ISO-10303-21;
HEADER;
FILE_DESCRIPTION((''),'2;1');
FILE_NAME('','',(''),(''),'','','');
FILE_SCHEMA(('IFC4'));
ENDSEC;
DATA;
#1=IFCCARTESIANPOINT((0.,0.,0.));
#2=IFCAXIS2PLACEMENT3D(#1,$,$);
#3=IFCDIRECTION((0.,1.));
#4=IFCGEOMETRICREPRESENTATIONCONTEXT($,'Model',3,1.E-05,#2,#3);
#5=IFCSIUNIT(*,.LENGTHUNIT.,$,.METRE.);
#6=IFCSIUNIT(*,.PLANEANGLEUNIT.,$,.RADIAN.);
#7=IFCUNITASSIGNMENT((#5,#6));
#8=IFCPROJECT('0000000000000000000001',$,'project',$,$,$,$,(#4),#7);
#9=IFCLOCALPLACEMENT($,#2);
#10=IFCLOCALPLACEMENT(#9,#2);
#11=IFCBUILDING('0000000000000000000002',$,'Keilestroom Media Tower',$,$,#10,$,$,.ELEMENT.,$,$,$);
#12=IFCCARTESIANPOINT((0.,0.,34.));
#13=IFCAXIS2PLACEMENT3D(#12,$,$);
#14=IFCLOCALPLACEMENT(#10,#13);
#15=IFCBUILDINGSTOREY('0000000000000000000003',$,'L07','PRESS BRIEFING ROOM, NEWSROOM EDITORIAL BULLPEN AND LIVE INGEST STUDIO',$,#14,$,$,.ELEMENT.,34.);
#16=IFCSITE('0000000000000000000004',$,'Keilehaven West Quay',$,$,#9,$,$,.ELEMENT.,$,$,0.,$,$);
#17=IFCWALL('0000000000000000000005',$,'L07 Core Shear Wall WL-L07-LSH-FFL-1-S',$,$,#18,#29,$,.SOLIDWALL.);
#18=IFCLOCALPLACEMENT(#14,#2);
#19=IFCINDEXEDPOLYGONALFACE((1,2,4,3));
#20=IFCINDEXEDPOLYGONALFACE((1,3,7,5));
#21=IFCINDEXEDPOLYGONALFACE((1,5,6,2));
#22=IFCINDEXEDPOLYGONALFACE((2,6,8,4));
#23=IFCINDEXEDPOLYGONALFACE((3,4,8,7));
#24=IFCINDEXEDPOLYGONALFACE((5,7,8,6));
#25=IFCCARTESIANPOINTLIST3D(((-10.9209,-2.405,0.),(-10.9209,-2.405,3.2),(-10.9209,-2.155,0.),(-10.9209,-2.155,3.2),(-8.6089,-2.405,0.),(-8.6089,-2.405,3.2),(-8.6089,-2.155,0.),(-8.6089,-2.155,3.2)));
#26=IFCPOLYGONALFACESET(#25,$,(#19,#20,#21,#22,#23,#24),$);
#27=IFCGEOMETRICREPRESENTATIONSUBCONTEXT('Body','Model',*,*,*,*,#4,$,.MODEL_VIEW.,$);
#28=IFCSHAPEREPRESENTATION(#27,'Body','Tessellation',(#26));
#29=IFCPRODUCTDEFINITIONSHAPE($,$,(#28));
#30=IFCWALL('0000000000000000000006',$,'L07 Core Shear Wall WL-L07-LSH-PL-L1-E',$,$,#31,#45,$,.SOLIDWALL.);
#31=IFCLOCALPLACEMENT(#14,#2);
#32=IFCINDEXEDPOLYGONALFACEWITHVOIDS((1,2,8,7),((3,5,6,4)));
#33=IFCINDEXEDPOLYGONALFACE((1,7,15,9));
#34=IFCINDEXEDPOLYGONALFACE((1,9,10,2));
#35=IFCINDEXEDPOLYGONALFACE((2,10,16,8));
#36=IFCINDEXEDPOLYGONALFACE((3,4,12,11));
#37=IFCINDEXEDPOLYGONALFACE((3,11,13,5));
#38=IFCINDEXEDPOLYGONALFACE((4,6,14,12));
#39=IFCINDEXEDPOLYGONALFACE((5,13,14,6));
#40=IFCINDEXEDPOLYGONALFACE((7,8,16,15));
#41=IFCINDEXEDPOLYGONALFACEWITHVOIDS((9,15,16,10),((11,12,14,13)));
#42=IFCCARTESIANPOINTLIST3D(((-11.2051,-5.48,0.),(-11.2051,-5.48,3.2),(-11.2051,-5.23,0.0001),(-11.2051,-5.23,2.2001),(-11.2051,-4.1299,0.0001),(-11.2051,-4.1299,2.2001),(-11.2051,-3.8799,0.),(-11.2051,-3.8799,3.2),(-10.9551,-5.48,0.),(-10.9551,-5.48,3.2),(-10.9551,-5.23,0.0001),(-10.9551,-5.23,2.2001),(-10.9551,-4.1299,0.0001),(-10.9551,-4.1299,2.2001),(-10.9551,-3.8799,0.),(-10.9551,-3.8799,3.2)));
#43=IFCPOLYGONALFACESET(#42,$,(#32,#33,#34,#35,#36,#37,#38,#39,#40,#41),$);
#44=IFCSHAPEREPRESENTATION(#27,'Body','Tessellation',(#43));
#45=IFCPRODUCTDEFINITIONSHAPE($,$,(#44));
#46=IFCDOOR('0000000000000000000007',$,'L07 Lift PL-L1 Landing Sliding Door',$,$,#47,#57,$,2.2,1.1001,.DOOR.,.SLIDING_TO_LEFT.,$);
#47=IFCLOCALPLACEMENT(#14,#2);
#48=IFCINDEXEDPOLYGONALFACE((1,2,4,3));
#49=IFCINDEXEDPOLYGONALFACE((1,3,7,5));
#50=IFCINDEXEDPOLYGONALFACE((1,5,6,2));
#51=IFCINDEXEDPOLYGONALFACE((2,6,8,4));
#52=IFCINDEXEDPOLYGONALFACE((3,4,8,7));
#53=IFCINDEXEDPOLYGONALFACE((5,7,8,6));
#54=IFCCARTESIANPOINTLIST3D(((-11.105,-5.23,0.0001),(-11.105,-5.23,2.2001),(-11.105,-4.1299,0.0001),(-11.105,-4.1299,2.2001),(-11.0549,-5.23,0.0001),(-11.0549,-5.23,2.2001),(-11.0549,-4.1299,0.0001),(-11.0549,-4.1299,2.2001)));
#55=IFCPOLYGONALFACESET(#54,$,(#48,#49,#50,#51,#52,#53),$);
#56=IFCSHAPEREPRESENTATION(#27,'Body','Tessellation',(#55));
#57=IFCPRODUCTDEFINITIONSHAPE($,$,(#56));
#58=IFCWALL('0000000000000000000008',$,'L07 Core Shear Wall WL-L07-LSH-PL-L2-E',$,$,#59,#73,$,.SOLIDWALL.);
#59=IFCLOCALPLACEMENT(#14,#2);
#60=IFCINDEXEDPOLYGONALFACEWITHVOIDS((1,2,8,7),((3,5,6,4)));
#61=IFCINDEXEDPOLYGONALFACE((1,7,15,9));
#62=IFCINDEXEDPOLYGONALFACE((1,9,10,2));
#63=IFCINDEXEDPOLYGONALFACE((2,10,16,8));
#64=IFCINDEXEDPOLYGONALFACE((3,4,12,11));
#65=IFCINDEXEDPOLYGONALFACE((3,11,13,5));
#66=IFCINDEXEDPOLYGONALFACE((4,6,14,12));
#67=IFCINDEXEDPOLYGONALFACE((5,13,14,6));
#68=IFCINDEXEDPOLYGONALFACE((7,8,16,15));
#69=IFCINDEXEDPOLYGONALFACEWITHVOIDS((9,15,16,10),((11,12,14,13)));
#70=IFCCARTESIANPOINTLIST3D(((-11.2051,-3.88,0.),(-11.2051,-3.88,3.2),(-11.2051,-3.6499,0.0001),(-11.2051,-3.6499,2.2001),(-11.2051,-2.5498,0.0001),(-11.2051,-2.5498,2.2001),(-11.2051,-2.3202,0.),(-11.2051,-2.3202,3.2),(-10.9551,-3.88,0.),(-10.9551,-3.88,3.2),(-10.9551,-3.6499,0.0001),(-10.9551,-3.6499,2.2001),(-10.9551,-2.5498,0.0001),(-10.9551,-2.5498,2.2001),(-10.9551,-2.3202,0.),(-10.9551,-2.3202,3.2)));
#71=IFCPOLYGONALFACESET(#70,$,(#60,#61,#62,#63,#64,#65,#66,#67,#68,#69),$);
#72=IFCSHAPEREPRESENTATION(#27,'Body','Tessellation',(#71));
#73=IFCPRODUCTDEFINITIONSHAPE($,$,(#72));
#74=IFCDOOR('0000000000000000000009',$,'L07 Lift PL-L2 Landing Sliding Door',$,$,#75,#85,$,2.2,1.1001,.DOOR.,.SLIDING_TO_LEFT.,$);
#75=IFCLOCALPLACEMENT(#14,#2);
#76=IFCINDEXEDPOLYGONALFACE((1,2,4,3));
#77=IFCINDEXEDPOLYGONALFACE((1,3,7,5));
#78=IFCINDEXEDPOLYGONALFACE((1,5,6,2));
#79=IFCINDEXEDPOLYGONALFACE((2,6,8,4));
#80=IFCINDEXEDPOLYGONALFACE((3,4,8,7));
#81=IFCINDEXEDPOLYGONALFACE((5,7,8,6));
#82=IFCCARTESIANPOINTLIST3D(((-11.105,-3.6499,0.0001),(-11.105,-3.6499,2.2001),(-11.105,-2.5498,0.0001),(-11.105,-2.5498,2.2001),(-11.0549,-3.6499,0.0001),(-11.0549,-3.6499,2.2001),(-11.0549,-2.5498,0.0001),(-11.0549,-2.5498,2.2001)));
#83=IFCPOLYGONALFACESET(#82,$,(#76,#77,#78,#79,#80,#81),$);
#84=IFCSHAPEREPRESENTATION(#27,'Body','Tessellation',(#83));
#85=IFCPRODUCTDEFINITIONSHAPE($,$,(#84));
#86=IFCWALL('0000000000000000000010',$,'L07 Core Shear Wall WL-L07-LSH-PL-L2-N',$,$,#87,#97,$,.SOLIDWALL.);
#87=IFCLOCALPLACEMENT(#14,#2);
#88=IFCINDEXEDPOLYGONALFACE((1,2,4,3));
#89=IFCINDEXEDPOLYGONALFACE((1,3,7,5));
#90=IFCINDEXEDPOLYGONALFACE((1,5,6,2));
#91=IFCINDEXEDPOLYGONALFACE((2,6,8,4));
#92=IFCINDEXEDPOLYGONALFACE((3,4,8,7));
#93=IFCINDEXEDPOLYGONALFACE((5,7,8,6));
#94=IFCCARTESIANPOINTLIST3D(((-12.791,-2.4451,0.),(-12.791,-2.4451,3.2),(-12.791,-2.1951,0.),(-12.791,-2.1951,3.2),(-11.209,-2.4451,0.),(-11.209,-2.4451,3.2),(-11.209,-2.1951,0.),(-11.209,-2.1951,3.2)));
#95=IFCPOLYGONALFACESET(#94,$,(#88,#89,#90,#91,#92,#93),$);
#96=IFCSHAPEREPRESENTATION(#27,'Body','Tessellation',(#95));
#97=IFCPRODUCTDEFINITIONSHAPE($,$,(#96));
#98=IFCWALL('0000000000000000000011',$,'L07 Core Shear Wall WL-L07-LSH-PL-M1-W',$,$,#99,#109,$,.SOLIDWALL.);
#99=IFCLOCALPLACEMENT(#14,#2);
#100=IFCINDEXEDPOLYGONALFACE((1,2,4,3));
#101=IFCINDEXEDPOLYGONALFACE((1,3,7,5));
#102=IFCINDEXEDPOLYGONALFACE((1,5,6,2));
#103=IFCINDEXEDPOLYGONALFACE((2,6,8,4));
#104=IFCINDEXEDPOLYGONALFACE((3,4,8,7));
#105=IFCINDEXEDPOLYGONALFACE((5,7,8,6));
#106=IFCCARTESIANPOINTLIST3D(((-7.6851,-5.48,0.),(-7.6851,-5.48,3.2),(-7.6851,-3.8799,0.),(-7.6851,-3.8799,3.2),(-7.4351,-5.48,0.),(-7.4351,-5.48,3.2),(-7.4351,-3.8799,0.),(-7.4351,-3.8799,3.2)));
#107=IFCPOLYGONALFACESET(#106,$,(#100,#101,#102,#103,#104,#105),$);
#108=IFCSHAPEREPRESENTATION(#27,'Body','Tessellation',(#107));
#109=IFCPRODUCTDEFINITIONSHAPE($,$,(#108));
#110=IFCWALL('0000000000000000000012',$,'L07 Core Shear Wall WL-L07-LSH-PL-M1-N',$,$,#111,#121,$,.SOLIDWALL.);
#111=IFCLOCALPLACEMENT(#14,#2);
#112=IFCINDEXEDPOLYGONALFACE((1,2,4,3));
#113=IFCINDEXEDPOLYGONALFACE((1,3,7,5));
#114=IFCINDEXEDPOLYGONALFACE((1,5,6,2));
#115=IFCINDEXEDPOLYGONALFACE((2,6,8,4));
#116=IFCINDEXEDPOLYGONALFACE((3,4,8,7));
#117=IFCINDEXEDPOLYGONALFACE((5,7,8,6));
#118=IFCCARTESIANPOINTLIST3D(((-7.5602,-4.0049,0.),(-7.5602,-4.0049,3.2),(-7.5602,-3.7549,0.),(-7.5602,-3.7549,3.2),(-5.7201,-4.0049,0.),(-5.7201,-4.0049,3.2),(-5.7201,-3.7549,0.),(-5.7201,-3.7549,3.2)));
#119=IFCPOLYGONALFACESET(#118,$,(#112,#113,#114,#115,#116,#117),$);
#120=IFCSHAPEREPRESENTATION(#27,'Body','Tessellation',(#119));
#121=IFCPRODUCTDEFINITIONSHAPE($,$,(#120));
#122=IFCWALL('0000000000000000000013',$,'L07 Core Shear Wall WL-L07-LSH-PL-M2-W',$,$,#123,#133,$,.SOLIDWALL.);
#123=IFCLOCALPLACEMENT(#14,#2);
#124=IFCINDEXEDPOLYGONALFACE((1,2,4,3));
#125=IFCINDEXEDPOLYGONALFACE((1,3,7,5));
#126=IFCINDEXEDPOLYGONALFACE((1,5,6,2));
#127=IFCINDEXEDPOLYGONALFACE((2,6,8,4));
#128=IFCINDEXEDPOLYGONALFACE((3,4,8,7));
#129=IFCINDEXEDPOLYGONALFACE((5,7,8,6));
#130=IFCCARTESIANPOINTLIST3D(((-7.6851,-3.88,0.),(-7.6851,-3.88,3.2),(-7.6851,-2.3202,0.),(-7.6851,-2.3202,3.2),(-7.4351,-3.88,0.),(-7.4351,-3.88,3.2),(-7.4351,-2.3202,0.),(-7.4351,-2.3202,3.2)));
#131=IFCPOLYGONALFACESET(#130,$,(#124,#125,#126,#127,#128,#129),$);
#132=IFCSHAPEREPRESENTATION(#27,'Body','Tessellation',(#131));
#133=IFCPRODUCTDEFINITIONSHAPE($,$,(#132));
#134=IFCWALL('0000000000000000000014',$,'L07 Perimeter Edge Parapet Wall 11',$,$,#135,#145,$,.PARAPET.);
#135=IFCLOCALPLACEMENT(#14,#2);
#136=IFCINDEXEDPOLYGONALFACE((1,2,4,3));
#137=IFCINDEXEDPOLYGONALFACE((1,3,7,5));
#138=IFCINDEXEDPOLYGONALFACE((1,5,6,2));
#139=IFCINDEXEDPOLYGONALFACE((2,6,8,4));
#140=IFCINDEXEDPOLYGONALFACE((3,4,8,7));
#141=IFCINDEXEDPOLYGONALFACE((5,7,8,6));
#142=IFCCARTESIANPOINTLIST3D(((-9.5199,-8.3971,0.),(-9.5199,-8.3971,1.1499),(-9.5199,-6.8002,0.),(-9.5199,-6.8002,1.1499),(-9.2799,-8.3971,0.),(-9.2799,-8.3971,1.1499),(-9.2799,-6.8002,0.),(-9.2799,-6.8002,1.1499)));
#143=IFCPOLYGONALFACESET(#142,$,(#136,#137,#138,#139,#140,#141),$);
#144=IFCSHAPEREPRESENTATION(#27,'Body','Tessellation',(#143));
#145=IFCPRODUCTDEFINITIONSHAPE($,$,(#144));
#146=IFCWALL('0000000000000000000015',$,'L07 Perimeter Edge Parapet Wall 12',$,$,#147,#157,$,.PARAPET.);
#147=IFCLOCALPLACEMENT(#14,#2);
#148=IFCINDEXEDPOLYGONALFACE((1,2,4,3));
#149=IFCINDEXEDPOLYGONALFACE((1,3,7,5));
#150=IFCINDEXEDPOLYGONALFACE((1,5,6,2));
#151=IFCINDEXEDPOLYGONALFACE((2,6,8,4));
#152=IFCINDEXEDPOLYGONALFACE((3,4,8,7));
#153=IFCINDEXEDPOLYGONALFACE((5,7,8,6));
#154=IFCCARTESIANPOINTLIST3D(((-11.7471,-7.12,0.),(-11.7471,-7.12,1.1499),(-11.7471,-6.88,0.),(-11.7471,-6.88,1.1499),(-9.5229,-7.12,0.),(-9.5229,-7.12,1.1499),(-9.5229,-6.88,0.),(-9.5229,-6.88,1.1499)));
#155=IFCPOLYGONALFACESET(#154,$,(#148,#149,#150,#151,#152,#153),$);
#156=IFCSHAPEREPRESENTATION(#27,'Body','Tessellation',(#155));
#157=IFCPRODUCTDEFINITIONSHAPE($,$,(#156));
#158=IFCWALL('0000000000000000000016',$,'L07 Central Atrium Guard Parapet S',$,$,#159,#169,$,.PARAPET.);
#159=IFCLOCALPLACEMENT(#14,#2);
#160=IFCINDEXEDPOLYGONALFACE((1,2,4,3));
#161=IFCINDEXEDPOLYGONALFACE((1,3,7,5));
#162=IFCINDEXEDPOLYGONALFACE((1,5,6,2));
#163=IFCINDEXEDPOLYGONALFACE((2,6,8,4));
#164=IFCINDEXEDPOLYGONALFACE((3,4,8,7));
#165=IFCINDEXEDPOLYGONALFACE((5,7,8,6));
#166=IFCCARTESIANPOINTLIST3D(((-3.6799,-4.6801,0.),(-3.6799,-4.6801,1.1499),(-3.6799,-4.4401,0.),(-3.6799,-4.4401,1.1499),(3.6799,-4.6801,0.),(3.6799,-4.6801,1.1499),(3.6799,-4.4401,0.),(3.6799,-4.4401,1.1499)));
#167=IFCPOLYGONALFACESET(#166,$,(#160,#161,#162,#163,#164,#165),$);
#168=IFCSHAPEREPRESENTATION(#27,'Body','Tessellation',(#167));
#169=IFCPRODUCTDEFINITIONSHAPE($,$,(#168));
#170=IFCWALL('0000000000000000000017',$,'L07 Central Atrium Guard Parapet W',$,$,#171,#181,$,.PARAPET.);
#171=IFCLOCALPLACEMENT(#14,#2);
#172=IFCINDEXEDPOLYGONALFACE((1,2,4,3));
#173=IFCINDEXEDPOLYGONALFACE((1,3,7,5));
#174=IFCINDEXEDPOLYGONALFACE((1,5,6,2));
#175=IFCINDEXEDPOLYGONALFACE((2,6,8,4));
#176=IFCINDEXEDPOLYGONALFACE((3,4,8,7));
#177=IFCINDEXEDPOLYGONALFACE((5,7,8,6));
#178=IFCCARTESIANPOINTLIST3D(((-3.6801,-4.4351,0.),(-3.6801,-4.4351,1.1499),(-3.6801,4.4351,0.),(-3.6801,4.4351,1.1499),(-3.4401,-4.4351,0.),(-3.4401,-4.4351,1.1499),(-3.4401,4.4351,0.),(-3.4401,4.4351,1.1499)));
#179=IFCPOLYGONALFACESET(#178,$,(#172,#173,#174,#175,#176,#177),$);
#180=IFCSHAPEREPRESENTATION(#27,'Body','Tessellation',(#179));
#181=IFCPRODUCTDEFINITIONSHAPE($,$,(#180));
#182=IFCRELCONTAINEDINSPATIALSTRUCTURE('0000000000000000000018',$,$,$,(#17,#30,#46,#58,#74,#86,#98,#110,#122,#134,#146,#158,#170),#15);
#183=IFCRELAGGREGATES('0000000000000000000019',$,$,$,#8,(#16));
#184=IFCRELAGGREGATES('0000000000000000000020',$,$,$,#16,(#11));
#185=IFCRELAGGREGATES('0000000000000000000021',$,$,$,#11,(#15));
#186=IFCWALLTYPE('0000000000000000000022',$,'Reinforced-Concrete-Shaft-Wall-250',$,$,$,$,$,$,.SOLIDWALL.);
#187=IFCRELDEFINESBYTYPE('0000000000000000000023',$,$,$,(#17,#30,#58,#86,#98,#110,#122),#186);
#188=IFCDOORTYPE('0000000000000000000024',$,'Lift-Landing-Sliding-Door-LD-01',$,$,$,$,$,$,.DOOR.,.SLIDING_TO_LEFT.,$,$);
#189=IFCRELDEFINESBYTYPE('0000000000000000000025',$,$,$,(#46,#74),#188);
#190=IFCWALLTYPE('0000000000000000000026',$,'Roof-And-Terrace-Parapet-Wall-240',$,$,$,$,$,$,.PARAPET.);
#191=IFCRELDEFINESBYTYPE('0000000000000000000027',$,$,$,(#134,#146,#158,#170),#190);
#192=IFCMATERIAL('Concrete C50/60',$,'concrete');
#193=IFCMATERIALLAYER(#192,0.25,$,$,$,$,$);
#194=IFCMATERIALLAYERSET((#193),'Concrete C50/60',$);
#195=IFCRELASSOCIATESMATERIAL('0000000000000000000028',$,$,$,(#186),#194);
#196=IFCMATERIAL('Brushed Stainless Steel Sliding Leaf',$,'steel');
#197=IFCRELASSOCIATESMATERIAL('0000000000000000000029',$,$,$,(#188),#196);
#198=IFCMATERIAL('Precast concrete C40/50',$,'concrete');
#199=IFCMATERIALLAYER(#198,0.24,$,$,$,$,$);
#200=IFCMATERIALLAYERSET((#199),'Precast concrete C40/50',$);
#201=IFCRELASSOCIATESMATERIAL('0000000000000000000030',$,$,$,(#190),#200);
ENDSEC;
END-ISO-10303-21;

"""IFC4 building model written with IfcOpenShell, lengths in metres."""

from ifc_helpers import new_model, si_unit, direction, frame, frame_2d, origin, place, context, subcontext, project, spatial, rectangle, extrude, source, transform, mapped, material, layer, layer_set, type_object, element, fill, save


model = new_model("IFC4")

# Units and contexts
model_context = context("Model", 3, precision=1e-05, world=origin(), true_north=direction((0.0, 1.0)))
body_context = subcontext(model_context, "Body", "Model", "MODEL_VIEW")
ifc_project = project(units=[si_unit("LENGTHUNIT", "METRE"), si_unit("PLANEANGLEUNIT", "RADIAN")], contexts=[model_context])

# Site, building, storey
site_placement = place(None, origin())
site = spatial("IfcSite", under=ifc_project, at=site_placement, Name="Keilehaven West Quay", CompositionType="ELEMENT", RefElevation=0.0)
building_placement = place(site_placement, origin())
building = spatial("IfcBuilding", under=site, at=building_placement, Name="Keilestroom Media Tower", CompositionType="ELEMENT")
storey_placement = place(building_placement, frame((0.0, 0.0, 34.0)))
storey = spatial("IfcBuildingStorey", under=building, at=storey_placement, Name="L07", Description="PRESS BRIEFING ROOM, NEWSROOM EDITORIAL BULLPEN AND LIVE INGEST STUDIO", CompositionType="ELEMENT", Elevation=34.0)

# Shared definitions
shared_shape_1 = source(origin(), body_context, "Body", "SweptSolid", [
    extrude(rectangle(XDim=1.1001, YDim=2.2, at=frame_2d((0.55, 1.1001))), frame((0.0, 0.0249, 0.0), z_axis=(0.0, -1.0, 0.0), x_axis=(1.0, 0.0, 0.0)), (0.0, 0.0, 1.0), 0.05),
])

# Shared definitions
ifc_material_1 = material(Name="Concrete C50/60", Category="concrete")
ifc_layer_1 = layer(ifc_material_1, 0.25)
ifc_layer_set_1 = layer_set([ifc_layer_1], Name="Concrete C50/60")
wall_type_1 = type_object("IfcWallType", Name="Reinforced-Concrete-Shaft-Wall-250", PredefinedType="SOLIDWALL", material=ifc_layer_set_1)

# Shared definitions
ifc_material_2 = material(Name="Brushed Stainless Steel Sliding Leaf", Category="steel")

# Wall
wall_1_placement = place(storey_placement, frame((-10.9209, -2.28, 0.0), z_axis=(0.0, 0.0, 1.0), x_axis=(1.0, 0.0, 0.0)))
element("IfcWall", 1, at=wall_1_placement, inside=storey, type_object=wall_type_1, Name="L07 Core Shear Wall WL-L07-LSH-FFL-1-S", PredefinedType="SOLIDWALL", context=body_context, shape_type="SweptSolid", body=[
    extrude(rectangle(XDim=2.312, YDim=0.25, at=frame_2d((1.156, 0.0))), origin(), (0.0, 0.0, 1.0), 3.2),
])

# Walls, openings, doors
wall_2_placement = place(storey_placement, frame((-11.0801, -5.48, 0.0), z_axis=(0.0, 0.0, 1.0), x_axis=(0.0, 1.0, 0.0)))
wall_2 = element("IfcWall", 2, at=wall_2_placement, inside=storey, type_object=wall_type_1, Name="L07 Core Shear Wall WL-L07-LSH-PL-L1-E", PredefinedType="SOLIDWALL", context=body_context, shape_type="SweptSolid", body=[
    extrude(rectangle(XDim=1.6001, YDim=0.25, at=frame_2d((0.8, 0.0))), origin(), (0.0, 0.0, 1.0), 3.2),
])
opening_1_placement = place(wall_2_placement, frame((0.25, 0.0, 0.0)))
opening_1 = element("IfcOpeningElement", 3, at=opening_1_placement, cuts=wall_2, PredefinedType="OPENING", context=body_context, shape_type="SweptSolid", body=[
    extrude(rectangle(XDim=1.1001, YDim=2.2, at=frame_2d((0.55, 1.1001))), frame((0.0, 0.135, 0.0), z_axis=(0.0, -1.0, 0.0), x_axis=(1.0, 0.0, 0.0)), (0.0, 0.0, 1.0), 0.27),
])
door_type_1 = type_object("IfcDoorType", Name="Lift-Landing-Sliding-Door-LD-01", OperationType="SLIDING_TO_LEFT", PredefinedType="DOOR", material=ifc_material_2)
door_1_placement = place(opening_1_placement, origin())
door_1 = element("IfcDoor", 4, at=door_1_placement, inside=storey, type_object=door_type_1, Name="L07 Lift PL-L1 Landing Sliding Door", OperationType="SLIDING_TO_LEFT", OverallHeight=2.2, OverallWidth=1.1001, PredefinedType="DOOR", context=body_context, shape_type="MappedRepresentation", body=[
    mapped(shared_shape_1, transform((0.0, 0.0, 0.0), x_axis=(1.0, 0.0, 0.0), y_axis=(0.0, 1.0, 0.0), z_axis=(0.0, 0.0, 1.0), scale=1.0)),
])
fill(opening_1, door_1)
wall_3_placement = place(storey_placement, frame((-11.0801, -3.8799, 0.0), z_axis=(0.0, 0.0, 1.0), x_axis=(0.0, 1.0, 0.0)))
wall_3 = element("IfcWall", 5, at=wall_3_placement, inside=storey, type_object=wall_type_1, Name="L07 Core Shear Wall WL-L07-LSH-PL-L2-E", PredefinedType="SOLIDWALL", context=body_context, shape_type="SweptSolid", body=[
    extrude(rectangle(XDim=1.5598, YDim=0.25, at=frame_2d((0.7798, 0.0))), origin(), (0.0, 0.0, 1.0), 3.2),
])
opening_2_placement = place(wall_3_placement, frame((0.23, 0.0, 0.0)))
opening_2 = element("IfcOpeningElement", 6, at=opening_2_placement, cuts=wall_3, PredefinedType="OPENING", context=body_context, shape_type="SweptSolid", body=[
    extrude(rectangle(XDim=1.1001, YDim=2.2, at=frame_2d((0.55, 1.1001))), frame((0.0, 0.135, 0.0), z_axis=(0.0, -1.0, 0.0), x_axis=(1.0, 0.0, 0.0)), (0.0, 0.0, 1.0), 0.27),
])
door_2_placement = place(opening_2_placement, origin())
door_2 = element("IfcDoor", 7, at=door_2_placement, inside=storey, type_object=door_type_1, Name="L07 Lift PL-L2 Landing Sliding Door", OperationType="SLIDING_TO_LEFT", OverallHeight=2.2, OverallWidth=1.1001, PredefinedType="DOOR", context=body_context, shape_type="MappedRepresentation", body=[
    mapped(shared_shape_1, transform((0.0, 0.0, 0.0), x_axis=(1.0, 0.0, 0.0), y_axis=(0.0, 1.0, 0.0), z_axis=(0.0, 0.0, 1.0), scale=1.0)),
])
fill(opening_2, door_2)

# Walls
wall_4_placement = place(storey_placement, frame((-12.791, -2.3201, 0.0), z_axis=(0.0, 0.0, 1.0), x_axis=(1.0, 0.0, 0.0)))
element("IfcWall", 8, at=wall_4_placement, inside=storey, type_object=wall_type_1, Name="L07 Core Shear Wall WL-L07-LSH-PL-L2-N", PredefinedType="SOLIDWALL", context=body_context, shape_type="SweptSolid", body=[
    extrude(rectangle(XDim=1.582, YDim=0.25, at=frame_2d((0.791, 0.0))), origin(), (0.0, 0.0, 1.0), 3.2),
])
wall_5_placement = place(storey_placement, frame((-7.5601, -5.48, 0.0), z_axis=(0.0, 0.0, 1.0), x_axis=(0.0, 1.0, 0.0)))
element("IfcWall", 9, at=wall_5_placement, inside=storey, type_object=wall_type_1, Name="L07 Core Shear Wall WL-L07-LSH-PL-M1-W", PredefinedType="SOLIDWALL", context=body_context, shape_type="SweptSolid", body=[
    extrude(rectangle(XDim=1.6001, YDim=0.25, at=frame_2d((0.8, 0.0))), origin(), (0.0, 0.0, 1.0), 3.2),
])
wall_6_placement = place(storey_placement, frame((-7.5601, -3.8799, 0.0), z_axis=(0.0, 0.0, 1.0), x_axis=(1.0, 0.0, 0.0)))
element("IfcWall", 10, at=wall_6_placement, inside=storey, type_object=wall_type_1, Name="L07 Core Shear Wall WL-L07-LSH-PL-M1-N", PredefinedType="SOLIDWALL", context=body_context, shape_type="SweptSolid", body=[
    extrude(rectangle(XDim=1.8401, YDim=0.25, at=frame_2d((0.9199, 0.0))), origin(), (0.0, 0.0, 1.0), 3.2),
])
wall_7_placement = place(storey_placement, frame((-7.5601, -3.8799, 0.0), z_axis=(0.0, 0.0, 1.0), x_axis=(0.0, 1.0, 0.0)))
element("IfcWall", 11, at=wall_7_placement, inside=storey, type_object=wall_type_1, Name="L07 Core Shear Wall WL-L07-LSH-PL-M2-W", PredefinedType="SOLIDWALL", context=body_context, shape_type="SweptSolid", body=[
    extrude(rectangle(XDim=1.5598, YDim=0.25, at=frame_2d((0.7798, 0.0))), origin(), (0.0, 0.0, 1.0), 3.2),
])
ifc_material_3 = material(Name="Precast concrete C40/50", Category="concrete")
ifc_layer_2 = layer(ifc_material_3, 0.24)
ifc_layer_set_2 = layer_set([ifc_layer_2], Name="Precast concrete C40/50")
wall_type_2 = type_object("IfcWallType", Name="Roof-And-Terrace-Parapet-Wall-240", PredefinedType="PARAPET", material=ifc_layer_set_2)
wall_8_placement = place(storey_placement, frame((-9.3999, -8.397, 0.0), z_axis=(0.0, 0.0, 1.0), x_axis=(0.0, 1.0, 0.0)))
element("IfcWall", 12, at=wall_8_placement, inside=storey, type_object=wall_type_2, Name="L07 Perimeter Edge Parapet Wall 11", PredefinedType="PARAPET", context=body_context, shape_type="SweptSolid", body=[
    extrude(rectangle(XDim=1.5969, YDim=0.24, at=frame_2d((0.7983, 0.0))), origin(), (0.0, 0.0, 1.0), 1.1499),
])
wall_9_placement = place(storey_placement, frame((-9.5229, -7.0, 0.0), z_axis=(0.0, 0.0, 1.0), x_axis=(-1.0, 0.0, 0.0)))
element("IfcWall", 13, at=wall_9_placement, inside=storey, type_object=wall_type_2, Name="L07 Perimeter Edge Parapet Wall 12", PredefinedType="PARAPET", context=body_context, shape_type="SweptSolid", body=[
    extrude(rectangle(XDim=2.2241, YDim=0.24, at=frame_2d((1.1121, 0.0))), origin(), (0.0, 0.0, 1.0), 1.1499),
])
wall_10_placement = place(storey_placement, frame((-3.6799, -4.5601, 0.0), z_axis=(0.0, 0.0, 1.0), x_axis=(1.0, 0.0, 0.0)))
element("IfcWall", 14, at=wall_10_placement, inside=storey, type_object=wall_type_2, Name="L07 Central Atrium Guard Parapet S", PredefinedType="PARAPET", context=body_context, shape_type="SweptSolid", body=[
    extrude(rectangle(XDim=7.3599, YDim=0.24, at=frame_2d((3.6799, 0.0))), origin(), (0.0, 0.0, 1.0), 1.1499),
])
wall_11_placement = place(storey_placement, frame((-3.5601, -4.4351, 0.0), z_axis=(0.0, 0.0, 1.0), x_axis=(0.0, 1.0, 0.0)))
element("IfcWall", 15, at=wall_11_placement, inside=storey, type_object=wall_type_2, Name="L07 Central Atrium Guard Parapet W", PredefinedType="PARAPET", context=body_context, shape_type="SweptSolid", body=[
    extrude(rectangle(XDim=8.8701, YDim=0.24, at=frame_2d((4.4351, 0.0))), origin(), (0.0, 0.0, 1.0), 1.1499),
])

save(model, "model.ifc")
